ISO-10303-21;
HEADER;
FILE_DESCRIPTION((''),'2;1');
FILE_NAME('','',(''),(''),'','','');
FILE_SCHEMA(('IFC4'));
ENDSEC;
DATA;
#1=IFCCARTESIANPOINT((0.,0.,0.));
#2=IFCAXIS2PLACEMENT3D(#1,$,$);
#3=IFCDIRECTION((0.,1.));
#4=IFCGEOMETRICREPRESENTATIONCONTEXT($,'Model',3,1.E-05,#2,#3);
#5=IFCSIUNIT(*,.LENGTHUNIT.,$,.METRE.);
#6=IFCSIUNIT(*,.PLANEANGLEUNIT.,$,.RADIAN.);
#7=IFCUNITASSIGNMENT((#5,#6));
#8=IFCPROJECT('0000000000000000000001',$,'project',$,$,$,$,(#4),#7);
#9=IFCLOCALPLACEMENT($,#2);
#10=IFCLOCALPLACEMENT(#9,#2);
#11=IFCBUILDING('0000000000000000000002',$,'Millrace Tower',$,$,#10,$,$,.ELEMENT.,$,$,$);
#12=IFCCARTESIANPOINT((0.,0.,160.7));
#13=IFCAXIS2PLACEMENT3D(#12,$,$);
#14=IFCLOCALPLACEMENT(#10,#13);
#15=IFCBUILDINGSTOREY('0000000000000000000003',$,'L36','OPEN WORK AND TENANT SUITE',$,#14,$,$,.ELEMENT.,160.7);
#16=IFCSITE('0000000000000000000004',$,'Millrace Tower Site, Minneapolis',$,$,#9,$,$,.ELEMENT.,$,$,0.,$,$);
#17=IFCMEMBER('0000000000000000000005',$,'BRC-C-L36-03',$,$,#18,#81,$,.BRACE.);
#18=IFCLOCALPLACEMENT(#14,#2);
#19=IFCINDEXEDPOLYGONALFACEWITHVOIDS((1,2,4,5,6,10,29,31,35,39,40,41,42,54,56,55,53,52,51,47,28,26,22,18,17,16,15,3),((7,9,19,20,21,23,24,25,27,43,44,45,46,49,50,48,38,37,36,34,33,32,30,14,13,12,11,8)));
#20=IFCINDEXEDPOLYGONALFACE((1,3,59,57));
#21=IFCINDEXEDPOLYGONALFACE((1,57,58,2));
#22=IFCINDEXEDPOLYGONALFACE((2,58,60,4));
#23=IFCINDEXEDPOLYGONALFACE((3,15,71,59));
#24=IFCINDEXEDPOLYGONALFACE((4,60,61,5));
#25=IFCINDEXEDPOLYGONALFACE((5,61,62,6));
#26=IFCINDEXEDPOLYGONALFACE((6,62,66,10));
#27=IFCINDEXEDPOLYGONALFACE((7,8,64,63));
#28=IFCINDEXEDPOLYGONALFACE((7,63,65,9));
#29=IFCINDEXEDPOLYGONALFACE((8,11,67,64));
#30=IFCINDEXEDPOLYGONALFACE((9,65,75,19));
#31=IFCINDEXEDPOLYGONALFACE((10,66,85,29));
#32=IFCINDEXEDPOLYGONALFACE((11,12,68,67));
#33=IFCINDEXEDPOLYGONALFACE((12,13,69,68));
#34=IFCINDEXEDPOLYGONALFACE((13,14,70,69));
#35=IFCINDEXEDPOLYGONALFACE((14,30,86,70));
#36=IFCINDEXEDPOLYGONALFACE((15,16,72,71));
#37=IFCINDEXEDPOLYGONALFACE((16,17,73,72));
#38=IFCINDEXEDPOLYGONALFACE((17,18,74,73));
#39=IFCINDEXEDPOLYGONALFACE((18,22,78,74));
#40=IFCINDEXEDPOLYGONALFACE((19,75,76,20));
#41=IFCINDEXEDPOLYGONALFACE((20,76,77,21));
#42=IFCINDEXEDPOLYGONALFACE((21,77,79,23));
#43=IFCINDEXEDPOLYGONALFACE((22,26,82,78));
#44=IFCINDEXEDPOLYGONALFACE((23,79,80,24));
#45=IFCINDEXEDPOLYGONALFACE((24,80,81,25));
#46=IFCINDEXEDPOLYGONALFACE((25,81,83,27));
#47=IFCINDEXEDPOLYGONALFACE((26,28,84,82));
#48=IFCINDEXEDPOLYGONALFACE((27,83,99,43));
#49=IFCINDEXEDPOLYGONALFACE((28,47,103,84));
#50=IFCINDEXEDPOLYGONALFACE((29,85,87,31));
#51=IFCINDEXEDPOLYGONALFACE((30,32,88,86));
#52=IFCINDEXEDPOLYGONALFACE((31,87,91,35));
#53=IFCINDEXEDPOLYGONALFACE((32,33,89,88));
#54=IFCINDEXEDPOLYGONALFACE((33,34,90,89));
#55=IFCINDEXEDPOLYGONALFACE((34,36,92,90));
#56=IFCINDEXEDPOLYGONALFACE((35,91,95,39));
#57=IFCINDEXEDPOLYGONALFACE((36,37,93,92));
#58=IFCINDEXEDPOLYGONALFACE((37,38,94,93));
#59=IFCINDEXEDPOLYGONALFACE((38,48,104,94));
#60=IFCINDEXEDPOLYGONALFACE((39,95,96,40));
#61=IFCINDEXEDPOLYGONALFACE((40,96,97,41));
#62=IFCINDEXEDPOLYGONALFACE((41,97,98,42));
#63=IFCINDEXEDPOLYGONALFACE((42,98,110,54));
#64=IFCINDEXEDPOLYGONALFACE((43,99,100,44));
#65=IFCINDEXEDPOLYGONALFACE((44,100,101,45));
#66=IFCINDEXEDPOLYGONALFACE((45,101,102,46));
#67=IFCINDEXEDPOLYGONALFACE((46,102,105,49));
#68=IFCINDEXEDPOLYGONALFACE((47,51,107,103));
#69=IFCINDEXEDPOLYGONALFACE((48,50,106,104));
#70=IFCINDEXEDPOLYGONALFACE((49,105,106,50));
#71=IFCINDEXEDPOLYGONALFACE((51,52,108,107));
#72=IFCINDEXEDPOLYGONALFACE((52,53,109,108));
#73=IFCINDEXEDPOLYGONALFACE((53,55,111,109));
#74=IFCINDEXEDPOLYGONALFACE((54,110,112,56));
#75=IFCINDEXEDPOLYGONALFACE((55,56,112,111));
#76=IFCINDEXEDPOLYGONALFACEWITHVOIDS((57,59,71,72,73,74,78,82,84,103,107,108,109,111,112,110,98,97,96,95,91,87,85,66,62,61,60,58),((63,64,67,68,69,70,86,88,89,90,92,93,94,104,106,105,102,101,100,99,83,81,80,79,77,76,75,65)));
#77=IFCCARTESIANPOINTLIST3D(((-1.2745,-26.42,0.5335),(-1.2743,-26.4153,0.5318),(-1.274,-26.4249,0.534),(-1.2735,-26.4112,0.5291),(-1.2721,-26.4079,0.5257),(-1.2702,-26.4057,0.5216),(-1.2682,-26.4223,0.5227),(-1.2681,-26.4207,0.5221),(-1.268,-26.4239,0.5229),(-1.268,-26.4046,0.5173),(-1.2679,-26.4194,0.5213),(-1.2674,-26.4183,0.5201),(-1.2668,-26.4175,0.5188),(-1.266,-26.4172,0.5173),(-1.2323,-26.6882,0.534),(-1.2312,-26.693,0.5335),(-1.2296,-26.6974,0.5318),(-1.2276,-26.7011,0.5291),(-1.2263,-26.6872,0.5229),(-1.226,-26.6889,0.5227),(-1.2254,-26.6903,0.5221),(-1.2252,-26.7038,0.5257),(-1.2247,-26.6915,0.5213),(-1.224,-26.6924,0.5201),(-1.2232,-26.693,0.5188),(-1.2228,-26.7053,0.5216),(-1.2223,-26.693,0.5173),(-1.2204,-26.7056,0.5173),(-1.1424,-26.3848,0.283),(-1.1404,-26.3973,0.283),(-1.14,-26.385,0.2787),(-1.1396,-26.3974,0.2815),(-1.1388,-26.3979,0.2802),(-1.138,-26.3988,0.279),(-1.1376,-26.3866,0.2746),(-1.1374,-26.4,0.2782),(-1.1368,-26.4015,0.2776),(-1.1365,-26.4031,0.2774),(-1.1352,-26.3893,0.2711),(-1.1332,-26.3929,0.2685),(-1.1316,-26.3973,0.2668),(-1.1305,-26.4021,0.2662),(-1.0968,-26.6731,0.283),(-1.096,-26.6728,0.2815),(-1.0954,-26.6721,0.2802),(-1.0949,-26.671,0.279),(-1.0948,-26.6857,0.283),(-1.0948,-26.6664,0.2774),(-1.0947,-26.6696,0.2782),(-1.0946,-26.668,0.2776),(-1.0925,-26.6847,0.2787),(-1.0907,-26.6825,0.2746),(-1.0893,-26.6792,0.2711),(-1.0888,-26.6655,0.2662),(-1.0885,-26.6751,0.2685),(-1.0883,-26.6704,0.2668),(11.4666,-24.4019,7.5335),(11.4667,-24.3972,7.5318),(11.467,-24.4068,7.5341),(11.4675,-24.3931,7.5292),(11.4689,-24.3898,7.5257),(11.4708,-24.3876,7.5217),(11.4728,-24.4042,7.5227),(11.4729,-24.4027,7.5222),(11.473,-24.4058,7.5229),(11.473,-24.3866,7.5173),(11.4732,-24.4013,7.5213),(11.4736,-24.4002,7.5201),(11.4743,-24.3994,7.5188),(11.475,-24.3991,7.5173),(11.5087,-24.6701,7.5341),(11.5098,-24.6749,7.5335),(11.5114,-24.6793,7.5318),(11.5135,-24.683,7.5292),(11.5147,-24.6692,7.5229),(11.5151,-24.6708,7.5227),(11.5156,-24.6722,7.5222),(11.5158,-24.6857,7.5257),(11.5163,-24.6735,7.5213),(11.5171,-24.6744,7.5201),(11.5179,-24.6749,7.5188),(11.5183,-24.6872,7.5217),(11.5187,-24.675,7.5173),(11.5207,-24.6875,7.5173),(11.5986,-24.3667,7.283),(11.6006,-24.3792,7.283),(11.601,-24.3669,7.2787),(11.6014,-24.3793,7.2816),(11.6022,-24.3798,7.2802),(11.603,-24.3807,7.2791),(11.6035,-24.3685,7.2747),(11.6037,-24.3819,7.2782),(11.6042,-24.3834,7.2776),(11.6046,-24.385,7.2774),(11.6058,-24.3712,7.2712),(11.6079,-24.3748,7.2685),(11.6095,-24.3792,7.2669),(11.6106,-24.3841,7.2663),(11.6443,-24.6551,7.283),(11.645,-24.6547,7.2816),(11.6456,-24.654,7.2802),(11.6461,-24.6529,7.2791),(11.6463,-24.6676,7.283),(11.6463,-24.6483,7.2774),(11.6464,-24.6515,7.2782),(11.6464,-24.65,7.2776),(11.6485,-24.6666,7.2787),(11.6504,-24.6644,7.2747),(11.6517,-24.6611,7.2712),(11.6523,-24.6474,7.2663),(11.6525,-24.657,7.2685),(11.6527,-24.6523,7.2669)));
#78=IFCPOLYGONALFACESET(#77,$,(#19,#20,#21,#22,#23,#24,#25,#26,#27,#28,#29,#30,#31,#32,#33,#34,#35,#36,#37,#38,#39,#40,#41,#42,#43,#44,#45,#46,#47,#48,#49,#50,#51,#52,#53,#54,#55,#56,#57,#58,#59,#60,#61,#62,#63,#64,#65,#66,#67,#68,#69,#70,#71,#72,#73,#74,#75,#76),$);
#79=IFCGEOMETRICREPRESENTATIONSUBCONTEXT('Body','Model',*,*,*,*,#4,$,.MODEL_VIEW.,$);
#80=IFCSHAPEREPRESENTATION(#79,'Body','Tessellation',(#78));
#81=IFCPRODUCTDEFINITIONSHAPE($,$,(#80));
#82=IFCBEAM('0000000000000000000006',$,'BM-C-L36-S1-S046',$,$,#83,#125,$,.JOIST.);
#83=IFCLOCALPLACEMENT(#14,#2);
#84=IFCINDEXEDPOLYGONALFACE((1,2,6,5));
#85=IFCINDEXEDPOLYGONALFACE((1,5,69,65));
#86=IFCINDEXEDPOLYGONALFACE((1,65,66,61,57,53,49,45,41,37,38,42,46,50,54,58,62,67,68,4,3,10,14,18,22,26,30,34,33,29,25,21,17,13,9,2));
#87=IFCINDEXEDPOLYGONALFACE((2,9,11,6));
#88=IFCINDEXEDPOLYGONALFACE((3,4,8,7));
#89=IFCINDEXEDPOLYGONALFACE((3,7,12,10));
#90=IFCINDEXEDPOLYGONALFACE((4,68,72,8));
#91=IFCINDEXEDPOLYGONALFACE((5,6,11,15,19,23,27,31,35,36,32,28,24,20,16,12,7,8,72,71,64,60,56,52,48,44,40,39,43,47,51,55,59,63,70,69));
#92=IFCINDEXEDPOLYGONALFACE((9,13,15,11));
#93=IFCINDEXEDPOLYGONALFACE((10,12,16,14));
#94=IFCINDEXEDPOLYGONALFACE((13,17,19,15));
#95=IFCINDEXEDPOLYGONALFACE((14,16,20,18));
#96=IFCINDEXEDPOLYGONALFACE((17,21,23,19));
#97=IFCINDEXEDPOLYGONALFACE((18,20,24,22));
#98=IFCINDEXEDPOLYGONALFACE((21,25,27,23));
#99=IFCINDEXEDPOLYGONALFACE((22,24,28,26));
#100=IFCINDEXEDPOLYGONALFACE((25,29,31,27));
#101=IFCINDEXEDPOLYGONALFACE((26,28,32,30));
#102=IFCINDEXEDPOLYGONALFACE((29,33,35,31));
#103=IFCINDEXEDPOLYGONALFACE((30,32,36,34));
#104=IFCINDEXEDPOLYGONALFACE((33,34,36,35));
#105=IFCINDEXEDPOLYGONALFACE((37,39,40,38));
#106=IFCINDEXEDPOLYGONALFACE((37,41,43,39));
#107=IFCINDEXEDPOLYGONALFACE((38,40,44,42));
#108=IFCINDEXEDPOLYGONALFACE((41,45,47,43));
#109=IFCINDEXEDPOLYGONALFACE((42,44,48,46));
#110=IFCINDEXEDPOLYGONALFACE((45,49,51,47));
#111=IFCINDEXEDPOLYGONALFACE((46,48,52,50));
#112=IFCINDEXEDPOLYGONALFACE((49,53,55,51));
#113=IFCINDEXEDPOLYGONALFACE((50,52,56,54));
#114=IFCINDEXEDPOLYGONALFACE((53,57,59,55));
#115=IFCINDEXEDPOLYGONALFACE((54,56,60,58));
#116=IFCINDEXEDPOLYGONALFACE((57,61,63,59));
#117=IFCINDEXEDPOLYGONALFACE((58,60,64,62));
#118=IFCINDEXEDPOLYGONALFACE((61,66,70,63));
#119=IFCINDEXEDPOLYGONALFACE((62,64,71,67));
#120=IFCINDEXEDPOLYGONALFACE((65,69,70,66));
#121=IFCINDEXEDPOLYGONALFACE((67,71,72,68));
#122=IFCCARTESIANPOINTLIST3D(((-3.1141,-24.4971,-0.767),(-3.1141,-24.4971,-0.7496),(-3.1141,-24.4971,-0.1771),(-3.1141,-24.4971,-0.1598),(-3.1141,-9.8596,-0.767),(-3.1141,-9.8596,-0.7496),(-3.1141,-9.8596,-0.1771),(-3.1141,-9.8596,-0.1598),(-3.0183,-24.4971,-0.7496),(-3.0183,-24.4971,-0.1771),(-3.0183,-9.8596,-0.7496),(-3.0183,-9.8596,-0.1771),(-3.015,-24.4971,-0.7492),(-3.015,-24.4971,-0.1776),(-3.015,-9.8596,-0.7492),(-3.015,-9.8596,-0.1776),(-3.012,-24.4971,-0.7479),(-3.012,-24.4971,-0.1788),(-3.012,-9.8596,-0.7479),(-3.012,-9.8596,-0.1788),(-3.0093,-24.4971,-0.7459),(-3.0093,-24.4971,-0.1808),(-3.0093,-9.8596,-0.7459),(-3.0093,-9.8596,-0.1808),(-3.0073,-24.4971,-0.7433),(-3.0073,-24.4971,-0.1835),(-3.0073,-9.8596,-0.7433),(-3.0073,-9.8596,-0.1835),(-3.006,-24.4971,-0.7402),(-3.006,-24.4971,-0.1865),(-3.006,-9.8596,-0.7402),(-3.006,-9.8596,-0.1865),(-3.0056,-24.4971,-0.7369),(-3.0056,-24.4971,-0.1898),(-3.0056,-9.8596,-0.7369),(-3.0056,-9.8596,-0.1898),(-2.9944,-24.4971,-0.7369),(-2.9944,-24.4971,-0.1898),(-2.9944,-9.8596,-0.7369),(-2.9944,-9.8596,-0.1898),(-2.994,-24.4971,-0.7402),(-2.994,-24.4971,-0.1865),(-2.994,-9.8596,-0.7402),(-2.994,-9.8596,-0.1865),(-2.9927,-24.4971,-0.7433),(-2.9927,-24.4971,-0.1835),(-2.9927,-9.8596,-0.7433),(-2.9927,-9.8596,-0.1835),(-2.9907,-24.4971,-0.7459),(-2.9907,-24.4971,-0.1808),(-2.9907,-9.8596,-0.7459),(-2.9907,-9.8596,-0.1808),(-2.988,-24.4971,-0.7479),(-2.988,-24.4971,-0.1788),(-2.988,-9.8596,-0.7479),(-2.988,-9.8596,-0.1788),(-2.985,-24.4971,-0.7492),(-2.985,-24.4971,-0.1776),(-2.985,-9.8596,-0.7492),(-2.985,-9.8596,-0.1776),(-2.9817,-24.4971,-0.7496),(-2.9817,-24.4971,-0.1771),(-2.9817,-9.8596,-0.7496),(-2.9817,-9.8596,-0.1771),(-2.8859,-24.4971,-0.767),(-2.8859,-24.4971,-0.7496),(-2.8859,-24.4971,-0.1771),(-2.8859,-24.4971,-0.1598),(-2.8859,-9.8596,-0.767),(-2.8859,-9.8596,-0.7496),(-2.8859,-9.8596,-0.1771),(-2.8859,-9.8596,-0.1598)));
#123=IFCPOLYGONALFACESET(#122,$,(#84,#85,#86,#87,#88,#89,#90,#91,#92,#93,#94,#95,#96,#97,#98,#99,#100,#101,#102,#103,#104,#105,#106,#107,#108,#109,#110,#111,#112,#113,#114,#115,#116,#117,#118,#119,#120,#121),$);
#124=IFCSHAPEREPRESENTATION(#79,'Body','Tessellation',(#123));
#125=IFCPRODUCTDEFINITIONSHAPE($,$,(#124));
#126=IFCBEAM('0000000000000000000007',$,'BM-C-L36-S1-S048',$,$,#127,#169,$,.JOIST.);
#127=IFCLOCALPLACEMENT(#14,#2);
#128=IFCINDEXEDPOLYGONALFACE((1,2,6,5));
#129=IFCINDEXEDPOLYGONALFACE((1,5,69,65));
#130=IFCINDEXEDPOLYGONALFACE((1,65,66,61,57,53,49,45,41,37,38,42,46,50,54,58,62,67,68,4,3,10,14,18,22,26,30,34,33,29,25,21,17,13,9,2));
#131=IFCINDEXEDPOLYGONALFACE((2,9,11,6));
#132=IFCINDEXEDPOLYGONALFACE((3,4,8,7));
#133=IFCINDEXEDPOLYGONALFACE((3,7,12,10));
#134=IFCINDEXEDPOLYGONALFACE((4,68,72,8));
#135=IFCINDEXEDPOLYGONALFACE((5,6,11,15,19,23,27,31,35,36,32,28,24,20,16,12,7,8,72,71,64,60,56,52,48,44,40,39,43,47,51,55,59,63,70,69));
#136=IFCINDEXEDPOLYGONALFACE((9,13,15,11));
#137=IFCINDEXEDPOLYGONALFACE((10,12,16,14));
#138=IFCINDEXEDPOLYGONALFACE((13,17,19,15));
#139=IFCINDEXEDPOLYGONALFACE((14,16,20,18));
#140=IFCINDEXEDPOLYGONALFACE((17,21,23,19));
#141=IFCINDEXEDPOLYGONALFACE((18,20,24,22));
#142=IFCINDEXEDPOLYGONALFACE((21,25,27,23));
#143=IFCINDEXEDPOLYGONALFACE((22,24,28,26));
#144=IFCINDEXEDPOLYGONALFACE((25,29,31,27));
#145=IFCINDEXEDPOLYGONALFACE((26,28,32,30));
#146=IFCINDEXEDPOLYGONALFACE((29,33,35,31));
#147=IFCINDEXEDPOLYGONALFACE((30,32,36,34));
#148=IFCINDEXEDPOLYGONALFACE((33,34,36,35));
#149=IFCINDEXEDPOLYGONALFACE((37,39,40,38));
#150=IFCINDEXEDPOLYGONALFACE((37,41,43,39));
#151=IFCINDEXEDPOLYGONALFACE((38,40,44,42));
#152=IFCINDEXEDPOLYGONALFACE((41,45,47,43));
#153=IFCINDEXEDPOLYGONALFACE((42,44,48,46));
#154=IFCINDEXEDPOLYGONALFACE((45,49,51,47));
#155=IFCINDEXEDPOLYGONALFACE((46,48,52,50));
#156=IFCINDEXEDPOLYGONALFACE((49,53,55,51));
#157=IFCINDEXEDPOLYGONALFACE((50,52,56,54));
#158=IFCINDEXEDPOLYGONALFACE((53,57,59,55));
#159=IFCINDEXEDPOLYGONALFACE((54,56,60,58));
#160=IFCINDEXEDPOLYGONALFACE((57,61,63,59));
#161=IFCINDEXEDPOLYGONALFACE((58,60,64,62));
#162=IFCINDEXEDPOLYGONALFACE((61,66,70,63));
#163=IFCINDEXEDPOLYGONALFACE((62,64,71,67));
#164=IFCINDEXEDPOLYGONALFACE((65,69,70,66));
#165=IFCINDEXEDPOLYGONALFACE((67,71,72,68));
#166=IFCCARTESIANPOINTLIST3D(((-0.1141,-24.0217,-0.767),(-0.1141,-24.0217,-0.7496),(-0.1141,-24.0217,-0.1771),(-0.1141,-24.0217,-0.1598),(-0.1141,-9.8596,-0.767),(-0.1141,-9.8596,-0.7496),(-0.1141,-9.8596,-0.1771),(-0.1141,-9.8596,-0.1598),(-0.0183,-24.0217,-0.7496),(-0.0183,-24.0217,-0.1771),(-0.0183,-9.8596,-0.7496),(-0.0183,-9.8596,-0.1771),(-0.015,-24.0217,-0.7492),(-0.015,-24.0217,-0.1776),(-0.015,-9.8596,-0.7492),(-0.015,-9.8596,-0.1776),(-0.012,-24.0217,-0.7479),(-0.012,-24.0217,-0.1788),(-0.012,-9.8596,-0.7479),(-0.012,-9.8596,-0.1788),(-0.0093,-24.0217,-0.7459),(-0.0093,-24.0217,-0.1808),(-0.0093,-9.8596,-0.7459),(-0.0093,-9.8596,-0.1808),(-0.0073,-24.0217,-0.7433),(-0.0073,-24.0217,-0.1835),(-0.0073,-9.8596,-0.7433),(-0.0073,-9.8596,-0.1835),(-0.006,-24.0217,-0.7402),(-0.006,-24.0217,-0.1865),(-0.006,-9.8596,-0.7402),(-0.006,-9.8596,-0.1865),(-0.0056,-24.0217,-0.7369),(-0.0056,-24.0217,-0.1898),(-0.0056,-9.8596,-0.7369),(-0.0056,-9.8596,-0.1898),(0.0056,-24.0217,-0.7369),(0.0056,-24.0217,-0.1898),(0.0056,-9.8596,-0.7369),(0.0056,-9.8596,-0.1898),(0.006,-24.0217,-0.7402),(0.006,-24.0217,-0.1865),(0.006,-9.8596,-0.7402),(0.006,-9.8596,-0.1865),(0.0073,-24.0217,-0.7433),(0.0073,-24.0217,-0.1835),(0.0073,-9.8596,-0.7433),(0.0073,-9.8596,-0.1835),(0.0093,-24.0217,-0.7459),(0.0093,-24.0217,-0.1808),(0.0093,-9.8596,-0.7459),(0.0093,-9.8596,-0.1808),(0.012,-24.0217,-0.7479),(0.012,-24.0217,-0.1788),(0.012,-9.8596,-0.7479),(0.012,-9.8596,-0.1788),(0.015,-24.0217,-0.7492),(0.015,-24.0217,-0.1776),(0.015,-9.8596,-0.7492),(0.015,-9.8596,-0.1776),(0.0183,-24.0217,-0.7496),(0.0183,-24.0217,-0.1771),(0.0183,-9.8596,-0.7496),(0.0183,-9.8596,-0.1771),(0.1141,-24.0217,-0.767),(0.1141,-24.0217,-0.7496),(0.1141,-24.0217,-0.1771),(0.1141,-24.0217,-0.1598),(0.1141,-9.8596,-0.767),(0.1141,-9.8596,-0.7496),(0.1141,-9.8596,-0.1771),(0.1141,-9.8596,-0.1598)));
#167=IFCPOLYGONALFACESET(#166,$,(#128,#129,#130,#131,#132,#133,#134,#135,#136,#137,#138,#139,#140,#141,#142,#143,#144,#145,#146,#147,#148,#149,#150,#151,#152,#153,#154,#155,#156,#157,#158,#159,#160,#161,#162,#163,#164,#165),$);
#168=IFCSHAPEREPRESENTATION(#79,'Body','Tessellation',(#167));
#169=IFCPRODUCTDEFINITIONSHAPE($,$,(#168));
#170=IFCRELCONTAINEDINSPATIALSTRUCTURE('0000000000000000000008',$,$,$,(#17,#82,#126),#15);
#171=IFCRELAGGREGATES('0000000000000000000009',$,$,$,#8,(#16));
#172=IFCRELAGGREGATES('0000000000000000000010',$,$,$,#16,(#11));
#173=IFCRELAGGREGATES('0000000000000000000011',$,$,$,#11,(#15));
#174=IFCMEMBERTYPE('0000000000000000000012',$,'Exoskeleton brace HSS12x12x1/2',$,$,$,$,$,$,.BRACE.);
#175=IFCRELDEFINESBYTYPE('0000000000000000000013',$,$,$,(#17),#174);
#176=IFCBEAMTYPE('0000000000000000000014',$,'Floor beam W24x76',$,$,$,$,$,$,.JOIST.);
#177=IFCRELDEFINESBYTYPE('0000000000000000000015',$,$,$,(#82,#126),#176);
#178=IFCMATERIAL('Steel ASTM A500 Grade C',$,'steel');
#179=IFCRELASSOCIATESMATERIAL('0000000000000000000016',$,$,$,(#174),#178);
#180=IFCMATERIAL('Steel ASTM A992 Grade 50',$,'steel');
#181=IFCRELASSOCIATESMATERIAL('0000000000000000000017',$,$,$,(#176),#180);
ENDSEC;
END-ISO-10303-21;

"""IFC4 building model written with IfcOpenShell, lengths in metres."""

from ifc_helpers import new_model, si_unit, direction, frame, origin, origin_2d, place, context, subcontext, project, spatial, hollow_rectangle, i_section, extrude, material, material_profile, profile_set, type_object, element, save


model = new_model("IFC4")

# Units and contexts
model_context = context("Model", 3, precision=1e-05, world=origin(), true_north=direction((0.0, 1.0)))
body_context = subcontext(model_context, "Body", "Model", "MODEL_VIEW")
ifc_project = project(units=[si_unit("LENGTHUNIT", "METRE"), si_unit("PLANEANGLEUNIT", "RADIAN")], contexts=[model_context])

# Site, building, storey
site_placement = place(None, origin())
site = spatial("IfcSite", under=ifc_project, at=site_placement, Name="Millrace Tower Site, Minneapolis", CompositionType="ELEMENT", RefElevation=0.0)
building_placement = place(site_placement, origin())
building = spatial("IfcBuilding", under=site, at=building_placement, Name="Millrace Tower", CompositionType="ELEMENT")
storey_placement = place(building_placement, frame((0.0, 0.0, 160.7)))
storey = spatial("IfcBuildingStorey", under=building, at=storey_placement, Name="L36", Description="OPEN WORK AND TENANT SUITE", CompositionType="ELEMENT", Elevation=160.7)

# Member
ifc_material_1 = material(Name="Steel ASTM A500 Grade C", Category="steel")
ifc_material_profile_1 = material_profile(ifc_material_1, hollow_rectangle(XDim=0.3047, YDim=0.3047, WallThickness=0.0127, InnerFilletRadius=0.0063, OuterFilletRadius=0.019, at=origin_2d()))
ifc_profile_set_1 = profile_set([ifc_material_profile_1], Name="Steel ASTM A500 Grade C")
member_type_1 = type_object("IfcMemberType", Name="Exoskeleton brace HSS12x12x1/2", PredefinedType="BRACE", material=ifc_profile_set_1)
member_1_placement = place(storey_placement, frame((-1.1814, -26.5452, 0.4001), z_axis=(0.86811, 0.137502, 0.476947), x_axis=(-0.156442, 0.987687, 0.0)))
element("IfcMember", 1, at=member_1_placement, inside=storey, type_object=member_type_1, Name="BRC-C-L36-03", PredefinedType="BRACE", context=body_context, shape_type="SweptSolid", body=[
    extrude(hollow_rectangle(XDim=0.3047, YDim=0.3047, WallThickness=0.0127, InnerFilletRadius=0.0063, OuterFilletRadius=0.019, at=origin_2d()), origin(), (0.0, 0.0, 1.0), 14.6768),
])

# Beams
ifc_material_2 = material(Name="Steel ASTM A992 Grade 50", Category="steel")
ifc_material_profile_2 = material_profile(ifc_material_2, i_section(OverallWidth=0.2283, OverallDepth=0.6072, WebThickness=0.0112, FlangeThickness=0.0173, FilletRadius=0.0127, at=origin_2d()))
ifc_profile_set_2 = profile_set([ifc_material_profile_2], Name="Steel ASTM A992 Grade 50")
beam_type_1 = type_object("IfcBeamType", Name="Floor beam W24x76", PredefinedType="JOIST", material=ifc_profile_set_2)
beam_1_placement = place(storey_placement, frame((-3.0, -24.4971, -0.4634), z_axis=(0.0, 1.0, 0.0), x_axis=(-1.0, 0.0, 0.0)))
element("IfcBeam", 2, at=beam_1_placement, inside=storey, type_object=beam_type_1, Name="BM-C-L36-S1-S046", PredefinedType="JOIST", context=body_context, shape_type="SweptSolid", body=[
    extrude(i_section(OverallWidth=0.2283, OverallDepth=0.6072, WebThickness=0.0112, FlangeThickness=0.0173, FilletRadius=0.0127, at=origin_2d()), origin(), (0.0, 0.0, 1.0), 14.6375),
])
beam_2_placement = place(storey_placement, frame((0.0, -24.0217, -0.4634), z_axis=(0.0, 1.0, 0.0), x_axis=(-1.0, 0.0, 0.0)))
element("IfcBeam", 3, at=beam_2_placement, inside=storey, type_object=beam_type_1, Name="BM-C-L36-S1-S048", PredefinedType="JOIST", context=body_context, shape_type="SweptSolid", body=[
    extrude(i_section(OverallWidth=0.2283, OverallDepth=0.6072, WebThickness=0.0112, FlangeThickness=0.0173, FilletRadius=0.0127, at=origin_2d()), origin(), (0.0, 0.0, 1.0), 14.1621),
])

save(model, "model.ifc")
